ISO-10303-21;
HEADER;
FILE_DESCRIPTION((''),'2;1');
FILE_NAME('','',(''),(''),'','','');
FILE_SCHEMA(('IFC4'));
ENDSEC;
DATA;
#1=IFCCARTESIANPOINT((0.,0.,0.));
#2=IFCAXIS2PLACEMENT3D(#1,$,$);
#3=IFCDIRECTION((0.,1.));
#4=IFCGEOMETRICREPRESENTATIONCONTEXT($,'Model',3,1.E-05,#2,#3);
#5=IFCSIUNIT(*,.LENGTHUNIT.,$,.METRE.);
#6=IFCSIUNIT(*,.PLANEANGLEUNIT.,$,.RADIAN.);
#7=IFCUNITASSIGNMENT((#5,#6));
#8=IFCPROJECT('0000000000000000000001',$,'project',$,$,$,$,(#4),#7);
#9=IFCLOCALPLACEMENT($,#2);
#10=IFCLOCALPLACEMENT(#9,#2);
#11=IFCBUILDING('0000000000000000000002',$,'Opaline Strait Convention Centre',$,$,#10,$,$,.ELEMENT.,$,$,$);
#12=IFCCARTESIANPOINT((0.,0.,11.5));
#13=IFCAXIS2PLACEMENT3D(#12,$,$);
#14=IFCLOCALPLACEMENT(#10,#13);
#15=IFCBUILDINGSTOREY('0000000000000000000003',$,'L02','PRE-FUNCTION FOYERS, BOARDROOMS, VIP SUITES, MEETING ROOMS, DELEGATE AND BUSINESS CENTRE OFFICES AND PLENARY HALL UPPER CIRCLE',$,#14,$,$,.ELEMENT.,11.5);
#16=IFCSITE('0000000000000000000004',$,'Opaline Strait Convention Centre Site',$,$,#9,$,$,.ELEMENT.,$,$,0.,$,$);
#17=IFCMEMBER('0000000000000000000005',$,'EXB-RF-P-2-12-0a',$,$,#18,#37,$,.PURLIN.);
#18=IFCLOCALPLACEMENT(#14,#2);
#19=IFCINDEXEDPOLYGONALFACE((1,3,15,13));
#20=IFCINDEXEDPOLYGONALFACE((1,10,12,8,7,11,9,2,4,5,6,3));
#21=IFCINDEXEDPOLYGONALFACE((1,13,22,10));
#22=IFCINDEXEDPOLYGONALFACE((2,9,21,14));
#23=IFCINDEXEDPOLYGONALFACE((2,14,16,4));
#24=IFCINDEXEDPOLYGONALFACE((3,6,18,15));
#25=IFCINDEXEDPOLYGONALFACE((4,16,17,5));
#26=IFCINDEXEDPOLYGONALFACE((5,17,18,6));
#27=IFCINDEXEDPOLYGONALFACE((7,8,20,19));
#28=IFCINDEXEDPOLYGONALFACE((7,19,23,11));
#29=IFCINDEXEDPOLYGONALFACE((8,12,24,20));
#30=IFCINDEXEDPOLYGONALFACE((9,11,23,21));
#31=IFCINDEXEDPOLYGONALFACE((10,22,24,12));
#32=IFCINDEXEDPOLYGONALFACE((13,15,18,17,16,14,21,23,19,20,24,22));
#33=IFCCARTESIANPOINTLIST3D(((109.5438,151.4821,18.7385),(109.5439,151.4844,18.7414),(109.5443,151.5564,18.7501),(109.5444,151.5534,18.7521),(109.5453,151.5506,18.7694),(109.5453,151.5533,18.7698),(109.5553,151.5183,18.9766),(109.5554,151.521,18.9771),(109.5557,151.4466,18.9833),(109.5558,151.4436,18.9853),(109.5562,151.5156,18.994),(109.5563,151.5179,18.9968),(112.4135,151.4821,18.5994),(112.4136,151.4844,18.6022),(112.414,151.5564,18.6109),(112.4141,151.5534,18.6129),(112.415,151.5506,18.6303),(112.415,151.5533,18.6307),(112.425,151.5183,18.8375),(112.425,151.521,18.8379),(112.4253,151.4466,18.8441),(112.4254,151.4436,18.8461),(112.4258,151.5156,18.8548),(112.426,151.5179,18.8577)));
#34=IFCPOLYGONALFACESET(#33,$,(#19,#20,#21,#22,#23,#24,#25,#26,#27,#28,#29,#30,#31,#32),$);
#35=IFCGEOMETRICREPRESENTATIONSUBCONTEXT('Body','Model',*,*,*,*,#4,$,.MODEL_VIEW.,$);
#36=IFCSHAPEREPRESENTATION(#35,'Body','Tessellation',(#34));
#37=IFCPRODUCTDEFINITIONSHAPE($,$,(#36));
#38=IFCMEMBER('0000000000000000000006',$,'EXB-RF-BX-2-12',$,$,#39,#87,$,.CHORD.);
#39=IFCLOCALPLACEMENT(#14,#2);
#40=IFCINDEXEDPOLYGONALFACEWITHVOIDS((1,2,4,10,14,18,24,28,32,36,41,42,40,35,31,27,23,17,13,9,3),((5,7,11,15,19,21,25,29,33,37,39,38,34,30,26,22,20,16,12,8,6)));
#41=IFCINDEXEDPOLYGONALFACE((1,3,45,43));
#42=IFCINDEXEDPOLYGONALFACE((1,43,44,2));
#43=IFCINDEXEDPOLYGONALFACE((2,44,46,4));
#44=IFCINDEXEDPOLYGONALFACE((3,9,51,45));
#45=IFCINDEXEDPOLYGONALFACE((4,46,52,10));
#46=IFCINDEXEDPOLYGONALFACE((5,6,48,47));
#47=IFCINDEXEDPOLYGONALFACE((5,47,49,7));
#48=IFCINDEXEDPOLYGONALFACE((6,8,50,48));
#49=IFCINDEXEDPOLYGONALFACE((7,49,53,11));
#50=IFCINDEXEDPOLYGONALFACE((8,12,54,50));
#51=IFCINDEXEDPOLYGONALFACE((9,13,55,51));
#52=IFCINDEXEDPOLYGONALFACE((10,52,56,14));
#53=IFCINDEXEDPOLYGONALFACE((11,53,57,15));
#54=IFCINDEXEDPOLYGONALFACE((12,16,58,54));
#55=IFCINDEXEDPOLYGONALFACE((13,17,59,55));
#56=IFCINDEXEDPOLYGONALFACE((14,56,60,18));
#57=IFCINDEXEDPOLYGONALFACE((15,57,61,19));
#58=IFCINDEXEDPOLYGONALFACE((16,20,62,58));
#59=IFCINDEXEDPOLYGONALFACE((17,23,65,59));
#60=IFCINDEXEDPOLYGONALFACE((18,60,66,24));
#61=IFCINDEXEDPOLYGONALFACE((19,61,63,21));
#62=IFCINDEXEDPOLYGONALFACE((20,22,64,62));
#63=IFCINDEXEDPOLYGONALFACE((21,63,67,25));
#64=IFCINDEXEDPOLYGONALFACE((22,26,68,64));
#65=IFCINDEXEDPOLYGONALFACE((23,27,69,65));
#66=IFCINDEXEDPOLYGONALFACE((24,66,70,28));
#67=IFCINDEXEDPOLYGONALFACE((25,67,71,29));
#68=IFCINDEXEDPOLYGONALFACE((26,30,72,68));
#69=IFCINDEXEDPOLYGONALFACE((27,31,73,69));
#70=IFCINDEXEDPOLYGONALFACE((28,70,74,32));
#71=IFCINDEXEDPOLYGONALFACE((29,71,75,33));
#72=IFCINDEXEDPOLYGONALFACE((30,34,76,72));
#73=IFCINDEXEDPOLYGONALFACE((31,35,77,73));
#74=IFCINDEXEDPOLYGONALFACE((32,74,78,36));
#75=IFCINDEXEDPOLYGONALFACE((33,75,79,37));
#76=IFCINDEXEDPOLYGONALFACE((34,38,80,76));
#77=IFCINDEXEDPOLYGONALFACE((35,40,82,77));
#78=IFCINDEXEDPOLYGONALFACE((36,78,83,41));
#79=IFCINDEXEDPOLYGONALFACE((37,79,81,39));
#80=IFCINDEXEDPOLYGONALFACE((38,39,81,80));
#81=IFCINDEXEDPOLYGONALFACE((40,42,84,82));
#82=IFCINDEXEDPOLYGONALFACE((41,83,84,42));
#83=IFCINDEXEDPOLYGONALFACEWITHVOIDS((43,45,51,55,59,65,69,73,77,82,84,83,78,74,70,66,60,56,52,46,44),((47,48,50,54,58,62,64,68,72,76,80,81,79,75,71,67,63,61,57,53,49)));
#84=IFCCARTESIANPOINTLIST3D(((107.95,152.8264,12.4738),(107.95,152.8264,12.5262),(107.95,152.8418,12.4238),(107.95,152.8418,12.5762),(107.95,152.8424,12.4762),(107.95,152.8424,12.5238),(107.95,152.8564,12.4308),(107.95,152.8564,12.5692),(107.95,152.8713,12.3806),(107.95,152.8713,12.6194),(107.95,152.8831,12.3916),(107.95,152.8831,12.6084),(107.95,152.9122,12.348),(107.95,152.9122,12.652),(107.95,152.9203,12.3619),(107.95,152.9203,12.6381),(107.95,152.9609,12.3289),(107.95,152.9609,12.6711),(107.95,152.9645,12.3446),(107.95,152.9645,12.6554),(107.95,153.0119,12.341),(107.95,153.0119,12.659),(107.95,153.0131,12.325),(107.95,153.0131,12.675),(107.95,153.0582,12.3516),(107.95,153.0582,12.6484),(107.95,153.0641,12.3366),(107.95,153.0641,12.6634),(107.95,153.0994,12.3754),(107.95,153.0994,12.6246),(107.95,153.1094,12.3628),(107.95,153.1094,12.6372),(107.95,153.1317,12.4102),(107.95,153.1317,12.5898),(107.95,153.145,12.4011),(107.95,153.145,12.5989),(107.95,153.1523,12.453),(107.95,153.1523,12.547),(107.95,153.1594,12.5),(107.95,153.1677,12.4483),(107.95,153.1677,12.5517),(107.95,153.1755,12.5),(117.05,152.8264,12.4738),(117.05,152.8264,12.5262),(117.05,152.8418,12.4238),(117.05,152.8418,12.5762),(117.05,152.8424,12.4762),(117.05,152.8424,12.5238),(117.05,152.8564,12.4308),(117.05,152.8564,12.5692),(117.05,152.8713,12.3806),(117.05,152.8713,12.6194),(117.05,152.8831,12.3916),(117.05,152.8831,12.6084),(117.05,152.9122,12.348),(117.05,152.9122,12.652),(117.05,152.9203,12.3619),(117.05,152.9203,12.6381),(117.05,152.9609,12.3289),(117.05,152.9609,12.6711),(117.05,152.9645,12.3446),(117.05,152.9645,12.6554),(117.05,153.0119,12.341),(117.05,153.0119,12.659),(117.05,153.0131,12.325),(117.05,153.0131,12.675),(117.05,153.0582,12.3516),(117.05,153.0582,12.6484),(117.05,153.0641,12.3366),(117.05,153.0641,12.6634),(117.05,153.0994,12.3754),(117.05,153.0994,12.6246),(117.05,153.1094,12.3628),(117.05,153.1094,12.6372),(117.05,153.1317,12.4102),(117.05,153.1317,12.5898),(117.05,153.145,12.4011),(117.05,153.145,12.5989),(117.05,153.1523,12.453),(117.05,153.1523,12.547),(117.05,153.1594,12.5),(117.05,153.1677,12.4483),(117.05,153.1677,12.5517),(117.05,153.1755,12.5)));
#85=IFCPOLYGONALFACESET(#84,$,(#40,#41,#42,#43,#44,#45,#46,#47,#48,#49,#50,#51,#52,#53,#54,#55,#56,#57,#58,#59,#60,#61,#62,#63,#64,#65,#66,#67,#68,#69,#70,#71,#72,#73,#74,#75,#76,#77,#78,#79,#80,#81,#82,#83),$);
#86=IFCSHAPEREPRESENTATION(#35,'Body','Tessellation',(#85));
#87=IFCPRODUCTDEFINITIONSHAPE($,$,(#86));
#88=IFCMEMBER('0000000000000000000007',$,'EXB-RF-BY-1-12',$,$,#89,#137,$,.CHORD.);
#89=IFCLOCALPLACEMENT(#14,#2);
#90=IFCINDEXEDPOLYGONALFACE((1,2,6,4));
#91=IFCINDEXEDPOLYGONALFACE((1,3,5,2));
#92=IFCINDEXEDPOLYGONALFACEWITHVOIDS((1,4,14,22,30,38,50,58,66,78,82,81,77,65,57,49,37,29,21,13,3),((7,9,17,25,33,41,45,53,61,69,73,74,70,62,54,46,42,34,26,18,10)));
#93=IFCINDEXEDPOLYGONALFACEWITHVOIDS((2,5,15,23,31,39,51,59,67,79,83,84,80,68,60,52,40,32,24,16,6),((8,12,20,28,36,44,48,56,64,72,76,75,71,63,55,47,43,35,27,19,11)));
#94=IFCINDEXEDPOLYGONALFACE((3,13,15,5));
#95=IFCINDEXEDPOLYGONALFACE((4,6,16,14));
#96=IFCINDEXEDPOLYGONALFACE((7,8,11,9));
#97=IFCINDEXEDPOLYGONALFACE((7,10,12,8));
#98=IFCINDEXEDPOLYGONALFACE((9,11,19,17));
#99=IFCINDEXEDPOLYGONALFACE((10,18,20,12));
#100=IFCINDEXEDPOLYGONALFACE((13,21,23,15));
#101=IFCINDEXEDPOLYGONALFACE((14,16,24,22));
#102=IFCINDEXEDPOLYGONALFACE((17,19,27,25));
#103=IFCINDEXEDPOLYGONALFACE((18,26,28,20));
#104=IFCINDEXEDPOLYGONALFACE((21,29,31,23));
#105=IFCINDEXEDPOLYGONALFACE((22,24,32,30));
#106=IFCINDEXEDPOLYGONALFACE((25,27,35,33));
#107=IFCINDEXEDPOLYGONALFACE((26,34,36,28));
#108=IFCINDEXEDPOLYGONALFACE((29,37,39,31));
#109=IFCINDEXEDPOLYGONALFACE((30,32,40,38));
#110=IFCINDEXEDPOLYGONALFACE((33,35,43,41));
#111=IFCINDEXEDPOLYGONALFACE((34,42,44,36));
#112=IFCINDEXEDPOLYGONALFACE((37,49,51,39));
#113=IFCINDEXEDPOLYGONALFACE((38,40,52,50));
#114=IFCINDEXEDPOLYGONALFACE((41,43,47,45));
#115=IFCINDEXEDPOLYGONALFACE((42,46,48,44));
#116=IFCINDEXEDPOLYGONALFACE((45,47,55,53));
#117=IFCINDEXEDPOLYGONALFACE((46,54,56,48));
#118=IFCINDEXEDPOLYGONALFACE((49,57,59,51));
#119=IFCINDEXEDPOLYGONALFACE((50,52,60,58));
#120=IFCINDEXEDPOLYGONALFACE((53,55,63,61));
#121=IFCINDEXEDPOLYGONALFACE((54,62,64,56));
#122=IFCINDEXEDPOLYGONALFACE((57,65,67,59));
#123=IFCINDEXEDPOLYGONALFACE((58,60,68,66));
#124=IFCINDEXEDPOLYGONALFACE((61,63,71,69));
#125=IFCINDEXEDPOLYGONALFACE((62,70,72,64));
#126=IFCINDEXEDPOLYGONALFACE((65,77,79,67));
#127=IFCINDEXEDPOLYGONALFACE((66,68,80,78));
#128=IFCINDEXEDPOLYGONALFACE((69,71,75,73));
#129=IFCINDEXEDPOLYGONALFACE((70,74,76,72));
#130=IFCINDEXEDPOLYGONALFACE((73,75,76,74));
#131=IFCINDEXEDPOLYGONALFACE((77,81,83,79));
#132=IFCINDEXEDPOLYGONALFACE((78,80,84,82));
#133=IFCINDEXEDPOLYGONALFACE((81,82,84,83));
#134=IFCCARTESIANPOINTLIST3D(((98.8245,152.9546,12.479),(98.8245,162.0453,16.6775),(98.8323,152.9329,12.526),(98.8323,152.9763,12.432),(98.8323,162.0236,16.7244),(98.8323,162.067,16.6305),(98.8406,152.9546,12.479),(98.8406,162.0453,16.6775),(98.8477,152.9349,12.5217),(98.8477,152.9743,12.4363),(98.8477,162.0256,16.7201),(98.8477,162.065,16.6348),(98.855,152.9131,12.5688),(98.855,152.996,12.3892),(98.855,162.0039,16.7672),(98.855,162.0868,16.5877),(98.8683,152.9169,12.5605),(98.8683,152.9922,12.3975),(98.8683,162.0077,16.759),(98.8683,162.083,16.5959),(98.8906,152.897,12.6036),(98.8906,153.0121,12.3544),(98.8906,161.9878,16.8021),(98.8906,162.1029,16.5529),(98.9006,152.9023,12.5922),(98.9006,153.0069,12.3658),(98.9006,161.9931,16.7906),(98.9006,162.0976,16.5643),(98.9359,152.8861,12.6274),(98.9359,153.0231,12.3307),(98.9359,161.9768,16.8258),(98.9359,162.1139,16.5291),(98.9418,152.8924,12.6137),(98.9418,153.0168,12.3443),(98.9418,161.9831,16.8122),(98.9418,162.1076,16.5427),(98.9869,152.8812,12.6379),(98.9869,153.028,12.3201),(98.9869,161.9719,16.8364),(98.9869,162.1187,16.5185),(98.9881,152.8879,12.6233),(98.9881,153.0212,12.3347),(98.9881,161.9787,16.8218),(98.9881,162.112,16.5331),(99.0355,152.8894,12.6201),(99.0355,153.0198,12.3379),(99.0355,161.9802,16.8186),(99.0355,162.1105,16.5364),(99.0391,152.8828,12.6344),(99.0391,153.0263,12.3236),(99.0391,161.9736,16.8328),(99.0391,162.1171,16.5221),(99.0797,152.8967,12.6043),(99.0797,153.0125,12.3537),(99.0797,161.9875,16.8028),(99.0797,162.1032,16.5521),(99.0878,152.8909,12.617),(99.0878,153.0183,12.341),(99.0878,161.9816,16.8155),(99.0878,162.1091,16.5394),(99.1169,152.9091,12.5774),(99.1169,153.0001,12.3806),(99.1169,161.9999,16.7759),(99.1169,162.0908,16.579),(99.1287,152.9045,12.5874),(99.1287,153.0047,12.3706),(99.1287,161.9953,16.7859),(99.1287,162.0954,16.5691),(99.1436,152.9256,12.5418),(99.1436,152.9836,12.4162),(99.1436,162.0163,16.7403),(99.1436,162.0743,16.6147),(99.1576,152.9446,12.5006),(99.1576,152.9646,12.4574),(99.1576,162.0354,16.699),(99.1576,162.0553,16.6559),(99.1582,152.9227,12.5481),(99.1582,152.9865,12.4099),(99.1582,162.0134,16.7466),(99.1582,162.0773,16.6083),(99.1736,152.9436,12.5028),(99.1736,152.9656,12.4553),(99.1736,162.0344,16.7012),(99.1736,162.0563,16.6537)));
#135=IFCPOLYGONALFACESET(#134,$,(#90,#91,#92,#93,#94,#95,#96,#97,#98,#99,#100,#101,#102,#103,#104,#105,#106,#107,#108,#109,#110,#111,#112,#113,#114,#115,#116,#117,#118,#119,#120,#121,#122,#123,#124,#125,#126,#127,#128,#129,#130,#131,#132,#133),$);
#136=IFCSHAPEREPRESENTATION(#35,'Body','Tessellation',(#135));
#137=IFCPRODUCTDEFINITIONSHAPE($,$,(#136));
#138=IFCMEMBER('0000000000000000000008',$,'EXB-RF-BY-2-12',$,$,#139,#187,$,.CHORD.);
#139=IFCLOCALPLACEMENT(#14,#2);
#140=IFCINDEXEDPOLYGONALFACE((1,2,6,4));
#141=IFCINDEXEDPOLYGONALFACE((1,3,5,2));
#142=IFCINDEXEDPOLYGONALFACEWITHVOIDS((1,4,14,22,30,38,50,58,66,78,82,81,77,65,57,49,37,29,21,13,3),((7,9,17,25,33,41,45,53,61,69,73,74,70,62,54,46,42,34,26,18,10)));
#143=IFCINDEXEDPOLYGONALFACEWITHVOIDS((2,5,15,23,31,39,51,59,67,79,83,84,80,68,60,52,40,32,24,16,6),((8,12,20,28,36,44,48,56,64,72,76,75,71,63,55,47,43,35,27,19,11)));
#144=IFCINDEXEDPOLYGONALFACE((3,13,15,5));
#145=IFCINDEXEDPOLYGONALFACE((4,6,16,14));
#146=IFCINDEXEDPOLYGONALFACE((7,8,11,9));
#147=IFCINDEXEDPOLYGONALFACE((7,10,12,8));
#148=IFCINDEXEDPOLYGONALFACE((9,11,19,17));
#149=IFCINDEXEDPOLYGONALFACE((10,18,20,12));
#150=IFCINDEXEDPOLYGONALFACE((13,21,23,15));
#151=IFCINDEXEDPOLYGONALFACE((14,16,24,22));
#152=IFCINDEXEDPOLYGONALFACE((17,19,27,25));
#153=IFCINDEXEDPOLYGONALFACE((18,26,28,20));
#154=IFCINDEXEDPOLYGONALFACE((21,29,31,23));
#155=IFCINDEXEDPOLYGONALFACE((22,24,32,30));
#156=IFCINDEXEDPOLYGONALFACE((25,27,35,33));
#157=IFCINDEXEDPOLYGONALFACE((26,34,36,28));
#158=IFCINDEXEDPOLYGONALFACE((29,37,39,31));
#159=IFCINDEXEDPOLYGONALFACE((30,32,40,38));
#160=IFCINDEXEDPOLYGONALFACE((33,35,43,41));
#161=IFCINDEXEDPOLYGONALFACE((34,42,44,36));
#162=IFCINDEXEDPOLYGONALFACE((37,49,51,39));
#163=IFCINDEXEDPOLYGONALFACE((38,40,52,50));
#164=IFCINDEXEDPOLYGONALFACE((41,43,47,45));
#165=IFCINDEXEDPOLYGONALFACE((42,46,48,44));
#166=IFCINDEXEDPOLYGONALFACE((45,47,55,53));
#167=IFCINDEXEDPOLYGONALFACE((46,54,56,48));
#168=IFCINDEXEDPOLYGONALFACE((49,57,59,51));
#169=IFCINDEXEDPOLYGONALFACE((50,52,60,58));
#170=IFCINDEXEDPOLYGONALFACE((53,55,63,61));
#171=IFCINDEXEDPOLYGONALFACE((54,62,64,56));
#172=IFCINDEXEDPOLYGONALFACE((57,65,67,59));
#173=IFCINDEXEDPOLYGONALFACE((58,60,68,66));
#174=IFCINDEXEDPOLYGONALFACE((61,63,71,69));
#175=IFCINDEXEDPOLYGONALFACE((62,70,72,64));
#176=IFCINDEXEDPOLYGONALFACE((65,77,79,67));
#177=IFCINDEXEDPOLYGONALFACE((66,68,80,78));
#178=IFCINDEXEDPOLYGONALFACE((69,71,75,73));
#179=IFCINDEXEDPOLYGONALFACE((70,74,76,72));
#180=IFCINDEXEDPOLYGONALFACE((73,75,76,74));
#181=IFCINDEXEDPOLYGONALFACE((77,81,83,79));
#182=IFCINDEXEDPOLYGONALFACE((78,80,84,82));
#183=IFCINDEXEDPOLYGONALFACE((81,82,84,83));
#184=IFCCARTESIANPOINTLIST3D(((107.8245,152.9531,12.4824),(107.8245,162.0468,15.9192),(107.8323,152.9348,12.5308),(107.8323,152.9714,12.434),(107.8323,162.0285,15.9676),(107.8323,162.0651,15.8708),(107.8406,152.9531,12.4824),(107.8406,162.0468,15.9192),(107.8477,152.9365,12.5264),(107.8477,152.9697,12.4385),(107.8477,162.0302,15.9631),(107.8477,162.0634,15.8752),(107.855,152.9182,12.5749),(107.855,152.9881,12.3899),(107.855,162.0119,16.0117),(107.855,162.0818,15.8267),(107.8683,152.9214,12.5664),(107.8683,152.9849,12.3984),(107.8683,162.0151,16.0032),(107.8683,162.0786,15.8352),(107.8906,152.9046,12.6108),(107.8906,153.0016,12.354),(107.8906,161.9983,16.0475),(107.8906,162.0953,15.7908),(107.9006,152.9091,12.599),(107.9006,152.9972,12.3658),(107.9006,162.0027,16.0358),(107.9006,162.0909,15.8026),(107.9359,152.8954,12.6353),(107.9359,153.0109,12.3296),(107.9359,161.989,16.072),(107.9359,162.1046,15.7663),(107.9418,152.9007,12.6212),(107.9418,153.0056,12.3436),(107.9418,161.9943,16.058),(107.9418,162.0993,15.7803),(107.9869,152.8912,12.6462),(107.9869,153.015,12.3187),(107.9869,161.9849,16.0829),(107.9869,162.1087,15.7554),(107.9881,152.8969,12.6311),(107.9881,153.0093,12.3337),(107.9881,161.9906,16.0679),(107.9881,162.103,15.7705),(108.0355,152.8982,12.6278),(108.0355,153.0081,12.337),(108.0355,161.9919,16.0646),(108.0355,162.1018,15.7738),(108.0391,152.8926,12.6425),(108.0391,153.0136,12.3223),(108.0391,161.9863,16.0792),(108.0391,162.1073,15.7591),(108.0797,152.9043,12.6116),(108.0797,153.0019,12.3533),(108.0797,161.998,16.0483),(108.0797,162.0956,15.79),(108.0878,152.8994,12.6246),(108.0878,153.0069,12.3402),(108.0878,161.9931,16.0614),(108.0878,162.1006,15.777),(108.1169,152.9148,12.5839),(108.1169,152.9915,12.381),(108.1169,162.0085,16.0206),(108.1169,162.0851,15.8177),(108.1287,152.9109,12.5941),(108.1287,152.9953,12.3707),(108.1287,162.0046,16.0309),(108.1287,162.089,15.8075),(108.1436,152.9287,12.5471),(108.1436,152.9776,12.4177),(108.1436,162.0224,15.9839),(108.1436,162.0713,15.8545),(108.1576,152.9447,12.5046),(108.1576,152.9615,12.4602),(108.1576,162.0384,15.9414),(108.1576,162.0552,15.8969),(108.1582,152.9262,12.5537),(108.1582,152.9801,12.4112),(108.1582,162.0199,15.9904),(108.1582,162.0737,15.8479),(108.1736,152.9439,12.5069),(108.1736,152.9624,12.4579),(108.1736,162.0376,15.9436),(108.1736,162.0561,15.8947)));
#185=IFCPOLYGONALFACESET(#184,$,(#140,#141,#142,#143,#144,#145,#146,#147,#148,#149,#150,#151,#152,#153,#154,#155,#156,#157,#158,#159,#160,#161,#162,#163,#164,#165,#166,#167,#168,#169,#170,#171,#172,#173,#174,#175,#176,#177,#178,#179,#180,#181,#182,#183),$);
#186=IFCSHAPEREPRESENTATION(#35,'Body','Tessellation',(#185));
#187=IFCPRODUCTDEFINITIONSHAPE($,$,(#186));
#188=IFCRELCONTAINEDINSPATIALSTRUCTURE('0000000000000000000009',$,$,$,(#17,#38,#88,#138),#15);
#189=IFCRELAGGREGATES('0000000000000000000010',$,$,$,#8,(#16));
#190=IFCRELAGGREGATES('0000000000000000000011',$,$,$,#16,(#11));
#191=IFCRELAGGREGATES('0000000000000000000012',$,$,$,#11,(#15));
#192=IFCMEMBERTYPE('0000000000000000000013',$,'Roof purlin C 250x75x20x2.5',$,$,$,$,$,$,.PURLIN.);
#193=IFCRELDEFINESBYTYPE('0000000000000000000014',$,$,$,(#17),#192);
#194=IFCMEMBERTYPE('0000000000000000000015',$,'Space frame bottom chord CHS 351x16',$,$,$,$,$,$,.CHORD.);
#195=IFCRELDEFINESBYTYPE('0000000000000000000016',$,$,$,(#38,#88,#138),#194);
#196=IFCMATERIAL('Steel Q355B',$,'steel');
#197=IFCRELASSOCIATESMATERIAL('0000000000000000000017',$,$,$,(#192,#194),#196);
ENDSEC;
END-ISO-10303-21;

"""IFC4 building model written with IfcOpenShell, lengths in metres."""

from ifc_helpers import new_model, si_unit, direction, frame, origin, origin_2d, place, context, subcontext, project, spatial, polyline, hollow_circle, outline, extrude, material, material_profile, profile_set, type_object, element, save


model = new_model("IFC4")

# Units and contexts
model_context = context("Model", 3, precision=1e-05, world=origin(), true_north=direction((0.0, 1.0)))
body_context = subcontext(model_context, "Body", "Model", "MODEL_VIEW")
ifc_project = project(units=[si_unit("LENGTHUNIT", "METRE"), si_unit("PLANEANGLEUNIT", "RADIAN")], contexts=[model_context])

# Site, building, storey
site_placement = place(None, origin())
site = spatial("IfcSite", under=ifc_project, at=site_placement, Name="Opaline Strait Convention Centre Site", CompositionType="ELEMENT", RefElevation=0.0)
building_placement = place(site_placement, origin())
building = spatial("IfcBuilding", under=site, at=building_placement, Name="Opaline Strait Convention Centre", CompositionType="ELEMENT")
storey_placement = place(building_placement, frame((0.0, 0.0, 11.5)))
storey = spatial("IfcBuildingStorey", under=building, at=storey_placement, Name="L02", Description="PRE-FUNCTION FOYERS, BOARDROOMS, VIP SUITES, MEETING ROOMS, DELEGATE AND BUSINESS CENTRE OFFICES AND PLENARY HALL UPPER CIRCLE", CompositionType="ELEMENT", Elevation=11.5)

# Members
ifc_material_1 = material(Name="Steel Q355B", Category="steel")
ifc_material_profile_1 = material_profile(ifc_material_1, outline(polyline([(-0.0376, -0.125), (0.0376, -0.125), (0.0376, -0.105), (0.0349, -0.105), (0.0349, -0.1226), (-0.0349, -0.1226), (-0.0349, 0.1226), (0.0349, 0.1226), (0.0349, 0.105), (0.0376, 0.105), (0.0376, 0.125), (-0.0376, 0.125), (-0.0376, -0.125)])), Name="C 250x75x20x2.5")
ifc_profile_set_1 = profile_set([ifc_material_profile_1], Name="Steel Q355B")
member_type_1 = type_object("IfcMemberType", Name="Roof purlin C 250x75x20x2.5", PredefinedType="PURLIN", material=ifc_profile_set_1)
member_1_placement = place(storey_placement, frame((109.55, 151.5, 18.8677), z_axis=(0.998826, 0.0, -0.048437), x_axis=(0.007453, 0.988092, 0.153683)))
element("IfcMember", 1, at=member_1_placement, inside=storey, type_object=member_type_1, Name="EXB-RF-P-2-12-0a", PredefinedType="PURLIN", context=body_context, shape_type="SweptSolid", body=[
    extrude(outline(polyline([(-0.0376, -0.125), (0.0376, -0.125), (0.0376, -0.105), (0.0349, -0.105), (0.0349, -0.1226), (-0.0349, -0.1226), (-0.0349, 0.1226), (0.0349, 0.1226), (0.0349, 0.105), (0.0376, 0.105), (0.0376, 0.125), (-0.0376, 0.125), (-0.0376, -0.125)])), origin(), (0.0, 0.0, 1.0), 2.873),
])
ifc_material_profile_2 = material_profile(ifc_material_1, hollow_circle(Radius=0.1755, WallThickness=0.0161, at=origin_2d()), Name="CHS 351x16")
ifc_profile_set_2 = profile_set([ifc_material_profile_2], Name="Steel Q355B")
member_type_2 = type_object("IfcMemberType", Name="Space frame bottom chord CHS 351x16", PredefinedType="CHORD", material=ifc_profile_set_2)
member_2_placement = place(storey_placement, frame((107.95, 153.0, 12.5), z_axis=(1.0, 0.0, 0.0), x_axis=(0.0, 1.0, 0.0)))
element("IfcMember", 2, at=member_2_placement, inside=storey, type_object=member_type_2, Name="EXB-RF-BX-2-12", PredefinedType="CHORD", context=body_context, shape_type="SweptSolid", body=[
    extrude(hollow_circle(Radius=0.1755, WallThickness=0.0161, at=origin_2d()), origin(), (0.0, 0.0, 1.0), 9.1001),
])
member_3_placement = place(storey_placement, frame((99.0, 152.9546, 12.479), z_axis=(0.0, 0.907856, 0.419282), x_axis=(-1.0, 0.0, 0.0)))
element("IfcMember", 3, at=member_3_placement, inside=storey, type_object=member_type_2, Name="EXB-RF-BY-1-12", PredefinedType="CHORD", context=body_context, shape_type="SweptSolid", body=[
    extrude(hollow_circle(Radius=0.1755, WallThickness=0.0161, at=origin_2d()), origin(), (0.0, 0.0, 1.0), 10.0134),
])
member_4_placement = place(storey_placement, frame((108.0, 152.9531, 12.4824), z_axis=(0.0, 0.935426, 0.353522), x_axis=(-1.0, 0.0, 0.0)))
element("IfcMember", 4, at=member_4_placement, inside=storey, type_object=member_type_2, Name="EXB-RF-BY-2-12", PredefinedType="CHORD", context=body_context, shape_type="SweptSolid", body=[
    extrude(hollow_circle(Radius=0.1755, WallThickness=0.0161, at=origin_2d()), origin(), (0.0, 0.0, 1.0), 9.7214),
])

save(model, "model.ifc")
